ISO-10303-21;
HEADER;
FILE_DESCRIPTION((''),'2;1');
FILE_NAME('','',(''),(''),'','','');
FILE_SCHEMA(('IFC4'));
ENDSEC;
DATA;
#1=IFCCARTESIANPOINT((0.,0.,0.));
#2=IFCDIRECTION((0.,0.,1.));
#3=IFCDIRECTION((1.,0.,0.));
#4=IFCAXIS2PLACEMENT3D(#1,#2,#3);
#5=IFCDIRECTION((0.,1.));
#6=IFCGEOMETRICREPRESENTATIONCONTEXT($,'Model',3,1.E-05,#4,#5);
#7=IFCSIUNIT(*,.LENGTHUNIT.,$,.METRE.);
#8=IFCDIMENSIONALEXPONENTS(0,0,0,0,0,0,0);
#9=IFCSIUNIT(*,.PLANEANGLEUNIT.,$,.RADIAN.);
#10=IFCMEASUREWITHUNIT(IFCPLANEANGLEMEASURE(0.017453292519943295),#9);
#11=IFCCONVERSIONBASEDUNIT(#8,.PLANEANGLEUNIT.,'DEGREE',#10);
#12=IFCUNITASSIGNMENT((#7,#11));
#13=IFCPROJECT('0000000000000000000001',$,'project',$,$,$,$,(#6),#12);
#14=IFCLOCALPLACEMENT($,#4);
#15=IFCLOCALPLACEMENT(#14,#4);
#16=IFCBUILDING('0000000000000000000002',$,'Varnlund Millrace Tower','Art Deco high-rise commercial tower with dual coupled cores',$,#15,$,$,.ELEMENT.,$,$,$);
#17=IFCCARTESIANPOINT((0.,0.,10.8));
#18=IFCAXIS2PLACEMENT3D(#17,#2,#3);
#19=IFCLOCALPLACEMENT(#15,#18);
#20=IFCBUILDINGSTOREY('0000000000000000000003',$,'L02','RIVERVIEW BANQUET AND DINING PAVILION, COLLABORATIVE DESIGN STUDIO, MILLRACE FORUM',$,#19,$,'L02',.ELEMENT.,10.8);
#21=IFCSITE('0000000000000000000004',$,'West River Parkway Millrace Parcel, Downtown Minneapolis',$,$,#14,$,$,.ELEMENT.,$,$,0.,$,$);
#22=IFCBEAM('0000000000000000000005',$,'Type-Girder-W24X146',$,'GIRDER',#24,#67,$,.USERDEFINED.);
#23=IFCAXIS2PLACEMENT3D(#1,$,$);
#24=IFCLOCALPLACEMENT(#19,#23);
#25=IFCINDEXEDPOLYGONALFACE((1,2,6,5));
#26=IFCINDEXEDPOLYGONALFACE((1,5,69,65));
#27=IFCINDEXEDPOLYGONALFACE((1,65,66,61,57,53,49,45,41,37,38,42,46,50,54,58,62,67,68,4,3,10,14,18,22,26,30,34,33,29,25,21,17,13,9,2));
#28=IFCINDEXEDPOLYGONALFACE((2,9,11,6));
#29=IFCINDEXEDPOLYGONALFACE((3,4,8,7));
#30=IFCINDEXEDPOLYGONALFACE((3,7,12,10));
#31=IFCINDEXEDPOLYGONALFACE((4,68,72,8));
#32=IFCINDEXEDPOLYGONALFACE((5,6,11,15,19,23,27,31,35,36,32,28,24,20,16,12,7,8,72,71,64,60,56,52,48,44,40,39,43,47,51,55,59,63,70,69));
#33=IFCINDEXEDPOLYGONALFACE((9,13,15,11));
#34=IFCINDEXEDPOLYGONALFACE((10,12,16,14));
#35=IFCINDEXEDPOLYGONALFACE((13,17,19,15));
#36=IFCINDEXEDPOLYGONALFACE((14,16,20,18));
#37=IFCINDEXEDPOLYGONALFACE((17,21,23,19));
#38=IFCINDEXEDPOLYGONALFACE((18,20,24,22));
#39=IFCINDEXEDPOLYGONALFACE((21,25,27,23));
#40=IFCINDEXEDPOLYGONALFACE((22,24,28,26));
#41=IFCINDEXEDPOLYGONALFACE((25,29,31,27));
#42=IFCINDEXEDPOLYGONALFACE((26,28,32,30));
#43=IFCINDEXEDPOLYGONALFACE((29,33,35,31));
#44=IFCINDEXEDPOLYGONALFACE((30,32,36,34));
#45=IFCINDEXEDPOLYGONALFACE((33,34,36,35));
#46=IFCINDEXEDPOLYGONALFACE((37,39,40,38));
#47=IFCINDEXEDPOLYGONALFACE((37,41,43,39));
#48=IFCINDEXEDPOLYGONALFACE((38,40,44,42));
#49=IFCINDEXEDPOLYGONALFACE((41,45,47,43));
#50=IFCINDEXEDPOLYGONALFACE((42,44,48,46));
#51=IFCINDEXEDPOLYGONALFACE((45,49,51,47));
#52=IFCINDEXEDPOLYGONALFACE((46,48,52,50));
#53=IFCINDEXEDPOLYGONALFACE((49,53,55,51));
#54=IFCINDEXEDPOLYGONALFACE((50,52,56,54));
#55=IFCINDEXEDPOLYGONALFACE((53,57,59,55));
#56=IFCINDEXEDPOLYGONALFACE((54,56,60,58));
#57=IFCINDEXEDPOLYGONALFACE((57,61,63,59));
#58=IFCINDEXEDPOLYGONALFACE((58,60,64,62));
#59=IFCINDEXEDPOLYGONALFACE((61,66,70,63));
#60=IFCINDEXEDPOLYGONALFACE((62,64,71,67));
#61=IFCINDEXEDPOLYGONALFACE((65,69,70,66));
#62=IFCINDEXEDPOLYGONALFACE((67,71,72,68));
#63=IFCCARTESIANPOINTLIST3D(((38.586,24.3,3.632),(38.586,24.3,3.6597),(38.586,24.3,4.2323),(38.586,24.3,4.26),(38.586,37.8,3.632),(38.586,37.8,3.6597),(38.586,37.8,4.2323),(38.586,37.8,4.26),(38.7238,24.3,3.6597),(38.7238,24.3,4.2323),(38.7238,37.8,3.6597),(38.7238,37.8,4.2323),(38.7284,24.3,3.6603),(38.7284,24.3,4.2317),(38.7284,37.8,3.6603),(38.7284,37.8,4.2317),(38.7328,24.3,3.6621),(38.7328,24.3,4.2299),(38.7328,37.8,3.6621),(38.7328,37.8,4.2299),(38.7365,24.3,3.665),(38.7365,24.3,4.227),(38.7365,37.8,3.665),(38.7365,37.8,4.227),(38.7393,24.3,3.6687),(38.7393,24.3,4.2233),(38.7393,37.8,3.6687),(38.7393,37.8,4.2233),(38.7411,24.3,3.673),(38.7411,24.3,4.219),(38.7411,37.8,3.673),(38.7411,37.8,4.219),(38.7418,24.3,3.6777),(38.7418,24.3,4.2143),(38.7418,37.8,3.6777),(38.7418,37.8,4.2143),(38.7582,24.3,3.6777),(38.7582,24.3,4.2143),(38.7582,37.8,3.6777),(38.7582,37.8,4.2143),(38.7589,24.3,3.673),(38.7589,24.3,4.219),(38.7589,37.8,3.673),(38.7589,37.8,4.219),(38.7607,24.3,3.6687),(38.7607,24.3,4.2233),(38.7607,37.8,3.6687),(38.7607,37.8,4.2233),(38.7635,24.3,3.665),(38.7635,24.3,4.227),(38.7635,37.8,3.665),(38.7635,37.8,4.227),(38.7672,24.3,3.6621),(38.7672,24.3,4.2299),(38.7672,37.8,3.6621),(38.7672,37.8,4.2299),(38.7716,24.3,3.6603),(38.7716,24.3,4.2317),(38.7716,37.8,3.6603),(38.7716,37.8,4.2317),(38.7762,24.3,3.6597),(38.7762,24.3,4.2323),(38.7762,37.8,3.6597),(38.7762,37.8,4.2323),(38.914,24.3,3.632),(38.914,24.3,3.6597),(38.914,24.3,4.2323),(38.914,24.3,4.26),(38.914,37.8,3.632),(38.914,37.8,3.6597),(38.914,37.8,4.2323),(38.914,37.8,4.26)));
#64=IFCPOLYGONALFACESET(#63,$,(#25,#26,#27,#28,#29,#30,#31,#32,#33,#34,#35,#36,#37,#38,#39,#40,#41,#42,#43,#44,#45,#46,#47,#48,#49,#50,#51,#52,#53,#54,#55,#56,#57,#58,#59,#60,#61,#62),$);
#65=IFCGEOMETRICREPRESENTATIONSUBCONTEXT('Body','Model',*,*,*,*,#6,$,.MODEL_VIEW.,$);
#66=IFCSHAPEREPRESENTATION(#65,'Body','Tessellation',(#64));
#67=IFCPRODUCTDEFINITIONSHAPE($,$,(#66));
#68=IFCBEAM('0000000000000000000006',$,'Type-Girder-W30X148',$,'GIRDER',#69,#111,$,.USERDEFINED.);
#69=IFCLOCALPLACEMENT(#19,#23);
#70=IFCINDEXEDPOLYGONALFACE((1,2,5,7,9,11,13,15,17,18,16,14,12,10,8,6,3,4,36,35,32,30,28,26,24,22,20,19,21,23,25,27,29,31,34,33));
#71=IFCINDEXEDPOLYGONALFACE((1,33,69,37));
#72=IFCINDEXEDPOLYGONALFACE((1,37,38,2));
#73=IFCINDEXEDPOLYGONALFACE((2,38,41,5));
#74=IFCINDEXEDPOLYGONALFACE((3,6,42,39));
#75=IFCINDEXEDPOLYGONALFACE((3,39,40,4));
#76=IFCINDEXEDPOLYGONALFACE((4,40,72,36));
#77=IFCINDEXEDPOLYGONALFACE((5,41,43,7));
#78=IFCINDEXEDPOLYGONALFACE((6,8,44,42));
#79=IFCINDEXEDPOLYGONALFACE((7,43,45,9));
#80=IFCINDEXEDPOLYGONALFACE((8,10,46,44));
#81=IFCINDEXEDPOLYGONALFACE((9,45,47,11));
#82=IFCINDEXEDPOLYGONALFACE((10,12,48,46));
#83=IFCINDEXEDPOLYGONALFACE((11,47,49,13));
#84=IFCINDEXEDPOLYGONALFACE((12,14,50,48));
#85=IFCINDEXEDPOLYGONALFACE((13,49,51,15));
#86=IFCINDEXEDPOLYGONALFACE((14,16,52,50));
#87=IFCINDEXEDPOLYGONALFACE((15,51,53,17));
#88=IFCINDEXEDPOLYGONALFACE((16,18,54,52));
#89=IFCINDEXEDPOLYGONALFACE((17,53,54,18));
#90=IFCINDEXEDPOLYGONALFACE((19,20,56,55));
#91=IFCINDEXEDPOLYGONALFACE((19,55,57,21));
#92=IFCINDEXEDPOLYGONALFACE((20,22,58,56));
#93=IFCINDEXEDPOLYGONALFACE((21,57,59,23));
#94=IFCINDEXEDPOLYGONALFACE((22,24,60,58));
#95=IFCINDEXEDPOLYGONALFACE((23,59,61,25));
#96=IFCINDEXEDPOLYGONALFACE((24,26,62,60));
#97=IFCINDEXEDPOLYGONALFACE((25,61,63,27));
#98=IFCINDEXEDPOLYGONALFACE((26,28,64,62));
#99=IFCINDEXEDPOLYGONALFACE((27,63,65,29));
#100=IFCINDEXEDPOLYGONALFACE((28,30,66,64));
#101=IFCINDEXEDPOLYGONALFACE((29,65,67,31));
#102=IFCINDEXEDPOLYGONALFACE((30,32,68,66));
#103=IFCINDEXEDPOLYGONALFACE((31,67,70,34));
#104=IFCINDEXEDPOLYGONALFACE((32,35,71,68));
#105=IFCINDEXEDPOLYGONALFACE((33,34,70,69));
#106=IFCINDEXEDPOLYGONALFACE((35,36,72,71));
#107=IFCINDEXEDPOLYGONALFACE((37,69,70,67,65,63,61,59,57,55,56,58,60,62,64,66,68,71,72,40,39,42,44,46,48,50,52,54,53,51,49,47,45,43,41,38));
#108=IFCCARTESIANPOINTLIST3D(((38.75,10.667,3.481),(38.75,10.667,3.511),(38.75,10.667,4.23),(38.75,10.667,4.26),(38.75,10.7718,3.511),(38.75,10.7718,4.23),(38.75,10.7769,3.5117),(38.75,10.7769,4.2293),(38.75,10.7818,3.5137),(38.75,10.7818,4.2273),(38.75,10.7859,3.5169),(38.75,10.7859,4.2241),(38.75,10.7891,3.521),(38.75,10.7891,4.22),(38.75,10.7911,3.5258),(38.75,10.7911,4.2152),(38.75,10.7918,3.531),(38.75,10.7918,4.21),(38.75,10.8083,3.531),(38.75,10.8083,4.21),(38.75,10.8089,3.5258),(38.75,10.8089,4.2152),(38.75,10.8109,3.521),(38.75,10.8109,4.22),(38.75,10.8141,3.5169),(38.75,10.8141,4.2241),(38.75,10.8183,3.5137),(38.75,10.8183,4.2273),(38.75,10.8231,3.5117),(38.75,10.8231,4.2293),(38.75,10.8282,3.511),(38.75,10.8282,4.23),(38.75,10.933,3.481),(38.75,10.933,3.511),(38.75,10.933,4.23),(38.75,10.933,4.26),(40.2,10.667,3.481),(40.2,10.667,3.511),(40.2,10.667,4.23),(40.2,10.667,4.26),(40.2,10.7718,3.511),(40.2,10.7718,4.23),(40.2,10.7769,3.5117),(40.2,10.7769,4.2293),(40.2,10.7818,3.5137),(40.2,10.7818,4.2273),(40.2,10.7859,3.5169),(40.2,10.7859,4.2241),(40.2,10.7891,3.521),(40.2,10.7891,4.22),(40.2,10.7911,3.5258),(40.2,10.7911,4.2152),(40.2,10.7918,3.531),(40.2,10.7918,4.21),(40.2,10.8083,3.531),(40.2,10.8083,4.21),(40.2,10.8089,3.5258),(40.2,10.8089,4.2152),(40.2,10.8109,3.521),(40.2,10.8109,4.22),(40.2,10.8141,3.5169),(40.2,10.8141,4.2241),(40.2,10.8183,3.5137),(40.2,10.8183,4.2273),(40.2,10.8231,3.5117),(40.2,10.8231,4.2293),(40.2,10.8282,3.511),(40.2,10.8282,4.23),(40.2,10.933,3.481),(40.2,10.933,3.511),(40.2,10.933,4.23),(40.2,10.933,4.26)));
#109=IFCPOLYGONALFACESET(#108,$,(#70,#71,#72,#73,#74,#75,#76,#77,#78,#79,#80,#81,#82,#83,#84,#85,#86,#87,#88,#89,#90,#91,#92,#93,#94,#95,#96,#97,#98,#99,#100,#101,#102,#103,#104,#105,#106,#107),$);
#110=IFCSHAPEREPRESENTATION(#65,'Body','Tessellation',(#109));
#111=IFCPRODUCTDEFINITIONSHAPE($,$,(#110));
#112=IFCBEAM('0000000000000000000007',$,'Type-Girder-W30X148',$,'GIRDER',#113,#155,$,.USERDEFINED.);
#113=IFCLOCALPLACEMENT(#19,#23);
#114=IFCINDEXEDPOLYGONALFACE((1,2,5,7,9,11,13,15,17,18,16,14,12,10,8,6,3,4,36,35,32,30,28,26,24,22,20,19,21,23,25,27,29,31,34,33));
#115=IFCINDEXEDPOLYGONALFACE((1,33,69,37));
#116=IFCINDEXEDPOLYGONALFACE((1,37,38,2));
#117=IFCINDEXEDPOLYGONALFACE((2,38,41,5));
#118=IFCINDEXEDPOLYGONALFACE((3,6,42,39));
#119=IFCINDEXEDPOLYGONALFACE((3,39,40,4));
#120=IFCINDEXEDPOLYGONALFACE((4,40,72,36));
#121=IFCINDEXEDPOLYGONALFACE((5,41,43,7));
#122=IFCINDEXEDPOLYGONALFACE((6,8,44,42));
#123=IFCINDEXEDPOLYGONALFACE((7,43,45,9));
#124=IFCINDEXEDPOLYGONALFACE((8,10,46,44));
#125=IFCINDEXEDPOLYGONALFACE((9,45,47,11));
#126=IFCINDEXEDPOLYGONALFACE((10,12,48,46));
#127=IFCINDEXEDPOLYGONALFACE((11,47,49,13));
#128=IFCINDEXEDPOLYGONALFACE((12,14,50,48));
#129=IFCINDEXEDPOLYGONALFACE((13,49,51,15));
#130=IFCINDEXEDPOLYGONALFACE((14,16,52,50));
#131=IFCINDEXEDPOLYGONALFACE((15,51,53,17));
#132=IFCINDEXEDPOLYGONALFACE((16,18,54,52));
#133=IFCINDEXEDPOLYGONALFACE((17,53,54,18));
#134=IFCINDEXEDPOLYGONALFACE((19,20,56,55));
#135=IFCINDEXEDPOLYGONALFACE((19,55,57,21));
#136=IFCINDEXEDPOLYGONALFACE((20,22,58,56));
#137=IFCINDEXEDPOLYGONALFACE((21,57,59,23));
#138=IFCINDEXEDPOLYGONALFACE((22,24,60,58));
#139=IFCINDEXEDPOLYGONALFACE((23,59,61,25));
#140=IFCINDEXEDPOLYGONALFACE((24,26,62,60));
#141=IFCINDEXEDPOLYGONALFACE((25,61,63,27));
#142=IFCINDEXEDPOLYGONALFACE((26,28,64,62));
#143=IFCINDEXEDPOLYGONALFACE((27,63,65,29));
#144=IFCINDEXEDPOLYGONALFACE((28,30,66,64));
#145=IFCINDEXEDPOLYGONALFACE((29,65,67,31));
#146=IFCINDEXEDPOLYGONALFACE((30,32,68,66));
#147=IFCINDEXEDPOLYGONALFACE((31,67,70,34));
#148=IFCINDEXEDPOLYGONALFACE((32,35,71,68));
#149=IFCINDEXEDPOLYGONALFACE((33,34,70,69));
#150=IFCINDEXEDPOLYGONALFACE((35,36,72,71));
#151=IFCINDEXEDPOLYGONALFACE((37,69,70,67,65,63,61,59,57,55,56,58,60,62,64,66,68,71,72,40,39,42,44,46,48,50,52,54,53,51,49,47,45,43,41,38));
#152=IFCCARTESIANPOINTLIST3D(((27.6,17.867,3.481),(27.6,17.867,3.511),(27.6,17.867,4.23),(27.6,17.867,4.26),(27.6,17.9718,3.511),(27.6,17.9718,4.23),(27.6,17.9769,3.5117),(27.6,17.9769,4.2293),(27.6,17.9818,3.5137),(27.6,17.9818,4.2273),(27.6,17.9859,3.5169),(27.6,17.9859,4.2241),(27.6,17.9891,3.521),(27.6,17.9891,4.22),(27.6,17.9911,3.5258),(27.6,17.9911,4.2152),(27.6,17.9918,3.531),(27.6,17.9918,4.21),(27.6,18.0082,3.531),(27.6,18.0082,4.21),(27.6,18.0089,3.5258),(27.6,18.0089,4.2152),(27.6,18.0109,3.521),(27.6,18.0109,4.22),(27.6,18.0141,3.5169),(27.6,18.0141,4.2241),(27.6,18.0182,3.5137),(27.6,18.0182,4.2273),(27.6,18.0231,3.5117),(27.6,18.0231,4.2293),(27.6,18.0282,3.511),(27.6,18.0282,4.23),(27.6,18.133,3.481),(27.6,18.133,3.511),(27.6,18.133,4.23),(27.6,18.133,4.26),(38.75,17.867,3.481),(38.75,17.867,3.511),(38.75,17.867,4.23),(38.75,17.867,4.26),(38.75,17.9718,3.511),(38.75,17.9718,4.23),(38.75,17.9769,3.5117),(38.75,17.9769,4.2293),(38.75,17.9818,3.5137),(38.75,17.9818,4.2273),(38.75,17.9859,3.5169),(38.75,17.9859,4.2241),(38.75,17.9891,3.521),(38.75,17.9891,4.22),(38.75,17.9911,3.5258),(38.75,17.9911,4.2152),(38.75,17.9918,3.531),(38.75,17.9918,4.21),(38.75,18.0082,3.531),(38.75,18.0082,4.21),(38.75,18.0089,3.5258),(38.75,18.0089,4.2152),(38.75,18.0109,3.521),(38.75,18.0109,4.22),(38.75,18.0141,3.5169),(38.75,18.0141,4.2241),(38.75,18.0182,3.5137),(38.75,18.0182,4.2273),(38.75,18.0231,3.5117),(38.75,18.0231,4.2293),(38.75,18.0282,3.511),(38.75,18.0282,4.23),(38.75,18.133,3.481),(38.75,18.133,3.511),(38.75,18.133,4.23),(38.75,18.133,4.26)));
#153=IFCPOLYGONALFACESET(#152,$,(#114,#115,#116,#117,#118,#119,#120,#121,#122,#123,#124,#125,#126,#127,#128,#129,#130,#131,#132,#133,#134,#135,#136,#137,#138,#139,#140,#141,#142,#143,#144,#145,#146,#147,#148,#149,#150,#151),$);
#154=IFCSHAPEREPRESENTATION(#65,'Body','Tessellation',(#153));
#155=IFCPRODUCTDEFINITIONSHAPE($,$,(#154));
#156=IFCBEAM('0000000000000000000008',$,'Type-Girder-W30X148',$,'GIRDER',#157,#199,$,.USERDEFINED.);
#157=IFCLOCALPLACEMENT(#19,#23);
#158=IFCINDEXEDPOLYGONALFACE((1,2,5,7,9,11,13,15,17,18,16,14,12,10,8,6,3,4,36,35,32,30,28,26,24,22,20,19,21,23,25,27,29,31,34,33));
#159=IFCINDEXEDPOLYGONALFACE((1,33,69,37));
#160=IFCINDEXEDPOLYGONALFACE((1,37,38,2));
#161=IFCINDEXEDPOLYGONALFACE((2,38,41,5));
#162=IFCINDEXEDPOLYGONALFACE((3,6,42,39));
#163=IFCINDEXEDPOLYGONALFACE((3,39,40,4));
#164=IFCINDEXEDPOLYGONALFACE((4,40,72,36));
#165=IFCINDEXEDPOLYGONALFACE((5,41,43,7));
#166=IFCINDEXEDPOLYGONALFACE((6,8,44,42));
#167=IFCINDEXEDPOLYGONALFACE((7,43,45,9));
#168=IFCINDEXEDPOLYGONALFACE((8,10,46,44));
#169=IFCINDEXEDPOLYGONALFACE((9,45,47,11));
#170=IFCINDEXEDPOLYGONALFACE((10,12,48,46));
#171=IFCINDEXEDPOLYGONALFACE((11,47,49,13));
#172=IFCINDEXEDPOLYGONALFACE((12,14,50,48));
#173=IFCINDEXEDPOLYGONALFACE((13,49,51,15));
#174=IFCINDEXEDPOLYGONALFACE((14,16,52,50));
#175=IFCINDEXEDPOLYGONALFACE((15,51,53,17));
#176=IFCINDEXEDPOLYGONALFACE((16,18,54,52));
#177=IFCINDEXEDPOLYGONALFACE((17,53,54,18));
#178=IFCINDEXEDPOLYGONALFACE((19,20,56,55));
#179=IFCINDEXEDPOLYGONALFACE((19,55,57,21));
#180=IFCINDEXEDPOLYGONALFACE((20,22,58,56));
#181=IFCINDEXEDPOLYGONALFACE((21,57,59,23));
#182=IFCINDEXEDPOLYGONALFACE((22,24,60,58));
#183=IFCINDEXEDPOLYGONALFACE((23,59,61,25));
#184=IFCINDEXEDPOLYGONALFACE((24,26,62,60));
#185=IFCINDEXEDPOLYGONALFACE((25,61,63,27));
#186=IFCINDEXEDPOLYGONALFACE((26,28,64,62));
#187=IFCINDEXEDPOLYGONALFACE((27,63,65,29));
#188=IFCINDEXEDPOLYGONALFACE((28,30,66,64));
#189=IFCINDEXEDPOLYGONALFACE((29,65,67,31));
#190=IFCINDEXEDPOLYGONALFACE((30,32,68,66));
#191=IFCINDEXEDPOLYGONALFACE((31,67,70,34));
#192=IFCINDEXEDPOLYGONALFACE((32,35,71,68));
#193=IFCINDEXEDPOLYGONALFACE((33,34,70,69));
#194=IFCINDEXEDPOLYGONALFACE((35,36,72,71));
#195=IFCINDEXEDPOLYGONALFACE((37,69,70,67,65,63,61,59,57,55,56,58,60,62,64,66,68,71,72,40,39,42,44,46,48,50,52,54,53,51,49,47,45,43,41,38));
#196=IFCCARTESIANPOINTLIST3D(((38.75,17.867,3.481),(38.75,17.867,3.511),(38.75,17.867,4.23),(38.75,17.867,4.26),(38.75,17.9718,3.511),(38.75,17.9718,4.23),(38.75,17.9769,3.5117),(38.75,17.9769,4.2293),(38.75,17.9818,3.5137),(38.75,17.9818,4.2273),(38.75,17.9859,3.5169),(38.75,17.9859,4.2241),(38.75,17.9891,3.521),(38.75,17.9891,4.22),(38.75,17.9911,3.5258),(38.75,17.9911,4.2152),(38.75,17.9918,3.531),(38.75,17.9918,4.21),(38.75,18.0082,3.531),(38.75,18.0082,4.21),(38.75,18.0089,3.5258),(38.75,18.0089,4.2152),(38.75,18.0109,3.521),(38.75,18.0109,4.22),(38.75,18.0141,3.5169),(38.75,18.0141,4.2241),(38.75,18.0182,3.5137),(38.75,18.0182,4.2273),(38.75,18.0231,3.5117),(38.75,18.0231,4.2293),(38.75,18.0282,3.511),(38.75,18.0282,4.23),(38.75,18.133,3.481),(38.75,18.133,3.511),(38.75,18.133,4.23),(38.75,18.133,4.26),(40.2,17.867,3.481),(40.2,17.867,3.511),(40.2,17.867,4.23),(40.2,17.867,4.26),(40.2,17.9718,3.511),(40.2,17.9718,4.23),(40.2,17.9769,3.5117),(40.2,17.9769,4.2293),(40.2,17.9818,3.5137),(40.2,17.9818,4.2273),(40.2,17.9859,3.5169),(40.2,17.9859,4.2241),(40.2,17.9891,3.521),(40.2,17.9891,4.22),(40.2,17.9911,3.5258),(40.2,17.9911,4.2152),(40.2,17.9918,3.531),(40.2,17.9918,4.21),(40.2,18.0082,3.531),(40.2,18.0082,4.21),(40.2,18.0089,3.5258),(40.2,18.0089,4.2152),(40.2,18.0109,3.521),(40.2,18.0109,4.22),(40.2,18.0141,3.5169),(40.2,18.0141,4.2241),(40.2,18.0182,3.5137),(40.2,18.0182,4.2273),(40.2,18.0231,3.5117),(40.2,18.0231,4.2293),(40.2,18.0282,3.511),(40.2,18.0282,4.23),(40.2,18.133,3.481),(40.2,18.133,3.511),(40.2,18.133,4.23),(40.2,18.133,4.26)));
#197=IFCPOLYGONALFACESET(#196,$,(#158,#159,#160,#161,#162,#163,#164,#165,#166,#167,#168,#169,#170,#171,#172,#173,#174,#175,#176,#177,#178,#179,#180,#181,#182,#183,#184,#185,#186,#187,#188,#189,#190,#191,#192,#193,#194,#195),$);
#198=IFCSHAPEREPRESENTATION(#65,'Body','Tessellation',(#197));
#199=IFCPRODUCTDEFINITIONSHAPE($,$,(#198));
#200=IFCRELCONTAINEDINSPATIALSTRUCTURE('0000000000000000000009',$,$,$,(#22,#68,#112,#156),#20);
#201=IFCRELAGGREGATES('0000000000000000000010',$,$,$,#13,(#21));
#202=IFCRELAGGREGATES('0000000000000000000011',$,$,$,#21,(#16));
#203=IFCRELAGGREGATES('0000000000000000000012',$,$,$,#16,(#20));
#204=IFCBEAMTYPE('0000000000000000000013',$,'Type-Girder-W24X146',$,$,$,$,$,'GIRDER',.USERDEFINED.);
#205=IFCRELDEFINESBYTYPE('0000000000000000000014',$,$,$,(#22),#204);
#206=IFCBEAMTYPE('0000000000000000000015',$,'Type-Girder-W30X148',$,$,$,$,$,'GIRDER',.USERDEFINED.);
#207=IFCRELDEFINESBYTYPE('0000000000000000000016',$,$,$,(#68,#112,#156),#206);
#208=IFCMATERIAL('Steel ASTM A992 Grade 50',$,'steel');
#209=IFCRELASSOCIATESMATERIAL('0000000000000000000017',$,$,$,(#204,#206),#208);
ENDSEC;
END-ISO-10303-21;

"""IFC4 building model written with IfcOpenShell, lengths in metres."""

from ifc_helpers import new_model, entity, si_unit, converted_unit, direction, frame, origin_with_axes, origin_2d_with_axis, place, context, subcontext, project, spatial, i_section, extrude, material, material_profile, profile_set, type_object, element, save


model = new_model("IFC4")

# Units and contexts
model_context = context("Model", 3, precision=1e-05, world=origin_with_axes(), true_north=direction((0.0, 1.0)))
body_context = subcontext(model_context, "Body", "Model", "MODEL_VIEW")
ifc_project = project(units=[si_unit("LENGTHUNIT", "METRE"), converted_unit("PLANEANGLEUNIT", "DEGREE", entity("IfcPlaneAngleMeasure", 0.017453292519943295), si_unit("PLANEANGLEUNIT", "RADIAN"), dimensions=[0, 0, 0, 0, 0, 0, 0])], contexts=[model_context])

# Site, building, storey
site_placement = place(None, origin_with_axes())
site = spatial("IfcSite", under=ifc_project, at=site_placement, Name="West River Parkway Millrace Parcel, Downtown Minneapolis", CompositionType="ELEMENT", RefElevation=0.0)
building_placement = place(site_placement, origin_with_axes())
building = spatial("IfcBuilding", under=site, at=building_placement, Name="Varnlund Millrace Tower", Description="Art Deco high-rise commercial tower with dual coupled cores", CompositionType="ELEMENT")
storey_placement = place(building_placement, frame((0.0, 0.0, 10.8), z_axis=(0.0, 0.0, 1.0), x_axis=(1.0, 0.0, 0.0)))
storey = spatial("IfcBuildingStorey", under=building, at=storey_placement, Name="L02", Description="RIVERVIEW BANQUET AND DINING PAVILION, COLLABORATIVE DESIGN STUDIO, MILLRACE FORUM", LongName="L02", CompositionType="ELEMENT", Elevation=10.8)

# Beams
ifc_material_1 = material(Name="Steel ASTM A992 Grade 50", Category="steel")
ifc_material_profile_1 = material_profile(ifc_material_1, i_section(OverallWidth=0.328, OverallDepth=0.628, WebThickness=0.0165, FlangeThickness=0.0277, FilletRadius=0.018, at=origin_2d_with_axis()), Name="Steel ASTM A992 Grade 50")
ifc_profile_set_1 = profile_set([ifc_material_profile_1], Name="Steel ASTM A992 Grade 50")
beam_type_1 = type_object("IfcBeamType", Name="Type-Girder-W24X146", ElementType="GIRDER", PredefinedType="USERDEFINED", material=ifc_profile_set_1)
beam_1_placement = place(storey_placement, frame((38.75, 24.3, 3.946), z_axis=(0.0, 1.0, 0.0), x_axis=(-1.0, 0.0, 0.0)))
element("IfcBeam", 1, at=beam_1_placement, inside=storey, type_object=beam_type_1, Name="Type-Girder-W24X146", ObjectType="GIRDER", PredefinedType="USERDEFINED", context=body_context, shape_type="SweptSolid", body=[
    extrude(i_section(OverallWidth=0.328, OverallDepth=0.628, WebThickness=0.0165, FlangeThickness=0.0277, FilletRadius=0.018, at=origin_2d_with_axis()), origin_with_axes(), (0.0, 0.0, 1.0), 13.5),
])
ifc_material_profile_2 = material_profile(ifc_material_1, i_section(OverallWidth=0.266, OverallDepth=0.779, WebThickness=0.0165, FlangeThickness=0.03, FilletRadius=0.02, at=origin_2d_with_axis()), Name="Steel ASTM A992 Grade 50")
ifc_profile_set_2 = profile_set([ifc_material_profile_2], Name="Steel ASTM A992 Grade 50")
beam_type_2 = type_object("IfcBeamType", Name="Type-Girder-W30X148", ElementType="GIRDER", PredefinedType="USERDEFINED", material=ifc_profile_set_2)
beam_2_placement = place(storey_placement, frame((38.75, 10.8, 3.8705), z_axis=(1.0, 0.0, 0.0), x_axis=(0.0, 1.0, 0.0)))
element("IfcBeam", 2, at=beam_2_placement, inside=storey, type_object=beam_type_2, Name="Type-Girder-W30X148", ObjectType="GIRDER", PredefinedType="USERDEFINED", context=body_context, shape_type="SweptSolid", body=[
    extrude(i_section(OverallWidth=0.266, OverallDepth=0.779, WebThickness=0.0165, FlangeThickness=0.03, FilletRadius=0.02, at=origin_2d_with_axis()), origin_with_axes(), (0.0, 0.0, 1.0), 1.45),
])
beam_3_placement = place(storey_placement, frame((27.6, 18.0, 3.8705), z_axis=(1.0, 0.0, 0.0), x_axis=(0.0, 1.0, 0.0)))
element("IfcBeam", 3, at=beam_3_placement, inside=storey, type_object=beam_type_2, Name="Type-Girder-W30X148", ObjectType="GIRDER", PredefinedType="USERDEFINED", context=body_context, shape_type="SweptSolid", body=[
    extrude(i_section(OverallWidth=0.266, OverallDepth=0.779, WebThickness=0.0165, FlangeThickness=0.03, FilletRadius=0.02, at=origin_2d_with_axis()), origin_with_axes(), (0.0, 0.0, 1.0), 11.15),
])
beam_4_placement = place(storey_placement, frame((38.75, 18.0, 3.8705), z_axis=(1.0, 0.0, 0.0), x_axis=(0.0, 1.0, 0.0)))
element("IfcBeam", 4, at=beam_4_placement, inside=storey, type_object=beam_type_2, Name="Type-Girder-W30X148", ObjectType="GIRDER", PredefinedType="USERDEFINED", context=body_context, shape_type="SweptSolid", body=[
    extrude(i_section(OverallWidth=0.266, OverallDepth=0.779, WebThickness=0.0165, FlangeThickness=0.03, FilletRadius=0.02, at=origin_2d_with_axis()), origin_with_axes(), (0.0, 0.0, 1.0), 1.45),
])

save(model, "model.ifc")
